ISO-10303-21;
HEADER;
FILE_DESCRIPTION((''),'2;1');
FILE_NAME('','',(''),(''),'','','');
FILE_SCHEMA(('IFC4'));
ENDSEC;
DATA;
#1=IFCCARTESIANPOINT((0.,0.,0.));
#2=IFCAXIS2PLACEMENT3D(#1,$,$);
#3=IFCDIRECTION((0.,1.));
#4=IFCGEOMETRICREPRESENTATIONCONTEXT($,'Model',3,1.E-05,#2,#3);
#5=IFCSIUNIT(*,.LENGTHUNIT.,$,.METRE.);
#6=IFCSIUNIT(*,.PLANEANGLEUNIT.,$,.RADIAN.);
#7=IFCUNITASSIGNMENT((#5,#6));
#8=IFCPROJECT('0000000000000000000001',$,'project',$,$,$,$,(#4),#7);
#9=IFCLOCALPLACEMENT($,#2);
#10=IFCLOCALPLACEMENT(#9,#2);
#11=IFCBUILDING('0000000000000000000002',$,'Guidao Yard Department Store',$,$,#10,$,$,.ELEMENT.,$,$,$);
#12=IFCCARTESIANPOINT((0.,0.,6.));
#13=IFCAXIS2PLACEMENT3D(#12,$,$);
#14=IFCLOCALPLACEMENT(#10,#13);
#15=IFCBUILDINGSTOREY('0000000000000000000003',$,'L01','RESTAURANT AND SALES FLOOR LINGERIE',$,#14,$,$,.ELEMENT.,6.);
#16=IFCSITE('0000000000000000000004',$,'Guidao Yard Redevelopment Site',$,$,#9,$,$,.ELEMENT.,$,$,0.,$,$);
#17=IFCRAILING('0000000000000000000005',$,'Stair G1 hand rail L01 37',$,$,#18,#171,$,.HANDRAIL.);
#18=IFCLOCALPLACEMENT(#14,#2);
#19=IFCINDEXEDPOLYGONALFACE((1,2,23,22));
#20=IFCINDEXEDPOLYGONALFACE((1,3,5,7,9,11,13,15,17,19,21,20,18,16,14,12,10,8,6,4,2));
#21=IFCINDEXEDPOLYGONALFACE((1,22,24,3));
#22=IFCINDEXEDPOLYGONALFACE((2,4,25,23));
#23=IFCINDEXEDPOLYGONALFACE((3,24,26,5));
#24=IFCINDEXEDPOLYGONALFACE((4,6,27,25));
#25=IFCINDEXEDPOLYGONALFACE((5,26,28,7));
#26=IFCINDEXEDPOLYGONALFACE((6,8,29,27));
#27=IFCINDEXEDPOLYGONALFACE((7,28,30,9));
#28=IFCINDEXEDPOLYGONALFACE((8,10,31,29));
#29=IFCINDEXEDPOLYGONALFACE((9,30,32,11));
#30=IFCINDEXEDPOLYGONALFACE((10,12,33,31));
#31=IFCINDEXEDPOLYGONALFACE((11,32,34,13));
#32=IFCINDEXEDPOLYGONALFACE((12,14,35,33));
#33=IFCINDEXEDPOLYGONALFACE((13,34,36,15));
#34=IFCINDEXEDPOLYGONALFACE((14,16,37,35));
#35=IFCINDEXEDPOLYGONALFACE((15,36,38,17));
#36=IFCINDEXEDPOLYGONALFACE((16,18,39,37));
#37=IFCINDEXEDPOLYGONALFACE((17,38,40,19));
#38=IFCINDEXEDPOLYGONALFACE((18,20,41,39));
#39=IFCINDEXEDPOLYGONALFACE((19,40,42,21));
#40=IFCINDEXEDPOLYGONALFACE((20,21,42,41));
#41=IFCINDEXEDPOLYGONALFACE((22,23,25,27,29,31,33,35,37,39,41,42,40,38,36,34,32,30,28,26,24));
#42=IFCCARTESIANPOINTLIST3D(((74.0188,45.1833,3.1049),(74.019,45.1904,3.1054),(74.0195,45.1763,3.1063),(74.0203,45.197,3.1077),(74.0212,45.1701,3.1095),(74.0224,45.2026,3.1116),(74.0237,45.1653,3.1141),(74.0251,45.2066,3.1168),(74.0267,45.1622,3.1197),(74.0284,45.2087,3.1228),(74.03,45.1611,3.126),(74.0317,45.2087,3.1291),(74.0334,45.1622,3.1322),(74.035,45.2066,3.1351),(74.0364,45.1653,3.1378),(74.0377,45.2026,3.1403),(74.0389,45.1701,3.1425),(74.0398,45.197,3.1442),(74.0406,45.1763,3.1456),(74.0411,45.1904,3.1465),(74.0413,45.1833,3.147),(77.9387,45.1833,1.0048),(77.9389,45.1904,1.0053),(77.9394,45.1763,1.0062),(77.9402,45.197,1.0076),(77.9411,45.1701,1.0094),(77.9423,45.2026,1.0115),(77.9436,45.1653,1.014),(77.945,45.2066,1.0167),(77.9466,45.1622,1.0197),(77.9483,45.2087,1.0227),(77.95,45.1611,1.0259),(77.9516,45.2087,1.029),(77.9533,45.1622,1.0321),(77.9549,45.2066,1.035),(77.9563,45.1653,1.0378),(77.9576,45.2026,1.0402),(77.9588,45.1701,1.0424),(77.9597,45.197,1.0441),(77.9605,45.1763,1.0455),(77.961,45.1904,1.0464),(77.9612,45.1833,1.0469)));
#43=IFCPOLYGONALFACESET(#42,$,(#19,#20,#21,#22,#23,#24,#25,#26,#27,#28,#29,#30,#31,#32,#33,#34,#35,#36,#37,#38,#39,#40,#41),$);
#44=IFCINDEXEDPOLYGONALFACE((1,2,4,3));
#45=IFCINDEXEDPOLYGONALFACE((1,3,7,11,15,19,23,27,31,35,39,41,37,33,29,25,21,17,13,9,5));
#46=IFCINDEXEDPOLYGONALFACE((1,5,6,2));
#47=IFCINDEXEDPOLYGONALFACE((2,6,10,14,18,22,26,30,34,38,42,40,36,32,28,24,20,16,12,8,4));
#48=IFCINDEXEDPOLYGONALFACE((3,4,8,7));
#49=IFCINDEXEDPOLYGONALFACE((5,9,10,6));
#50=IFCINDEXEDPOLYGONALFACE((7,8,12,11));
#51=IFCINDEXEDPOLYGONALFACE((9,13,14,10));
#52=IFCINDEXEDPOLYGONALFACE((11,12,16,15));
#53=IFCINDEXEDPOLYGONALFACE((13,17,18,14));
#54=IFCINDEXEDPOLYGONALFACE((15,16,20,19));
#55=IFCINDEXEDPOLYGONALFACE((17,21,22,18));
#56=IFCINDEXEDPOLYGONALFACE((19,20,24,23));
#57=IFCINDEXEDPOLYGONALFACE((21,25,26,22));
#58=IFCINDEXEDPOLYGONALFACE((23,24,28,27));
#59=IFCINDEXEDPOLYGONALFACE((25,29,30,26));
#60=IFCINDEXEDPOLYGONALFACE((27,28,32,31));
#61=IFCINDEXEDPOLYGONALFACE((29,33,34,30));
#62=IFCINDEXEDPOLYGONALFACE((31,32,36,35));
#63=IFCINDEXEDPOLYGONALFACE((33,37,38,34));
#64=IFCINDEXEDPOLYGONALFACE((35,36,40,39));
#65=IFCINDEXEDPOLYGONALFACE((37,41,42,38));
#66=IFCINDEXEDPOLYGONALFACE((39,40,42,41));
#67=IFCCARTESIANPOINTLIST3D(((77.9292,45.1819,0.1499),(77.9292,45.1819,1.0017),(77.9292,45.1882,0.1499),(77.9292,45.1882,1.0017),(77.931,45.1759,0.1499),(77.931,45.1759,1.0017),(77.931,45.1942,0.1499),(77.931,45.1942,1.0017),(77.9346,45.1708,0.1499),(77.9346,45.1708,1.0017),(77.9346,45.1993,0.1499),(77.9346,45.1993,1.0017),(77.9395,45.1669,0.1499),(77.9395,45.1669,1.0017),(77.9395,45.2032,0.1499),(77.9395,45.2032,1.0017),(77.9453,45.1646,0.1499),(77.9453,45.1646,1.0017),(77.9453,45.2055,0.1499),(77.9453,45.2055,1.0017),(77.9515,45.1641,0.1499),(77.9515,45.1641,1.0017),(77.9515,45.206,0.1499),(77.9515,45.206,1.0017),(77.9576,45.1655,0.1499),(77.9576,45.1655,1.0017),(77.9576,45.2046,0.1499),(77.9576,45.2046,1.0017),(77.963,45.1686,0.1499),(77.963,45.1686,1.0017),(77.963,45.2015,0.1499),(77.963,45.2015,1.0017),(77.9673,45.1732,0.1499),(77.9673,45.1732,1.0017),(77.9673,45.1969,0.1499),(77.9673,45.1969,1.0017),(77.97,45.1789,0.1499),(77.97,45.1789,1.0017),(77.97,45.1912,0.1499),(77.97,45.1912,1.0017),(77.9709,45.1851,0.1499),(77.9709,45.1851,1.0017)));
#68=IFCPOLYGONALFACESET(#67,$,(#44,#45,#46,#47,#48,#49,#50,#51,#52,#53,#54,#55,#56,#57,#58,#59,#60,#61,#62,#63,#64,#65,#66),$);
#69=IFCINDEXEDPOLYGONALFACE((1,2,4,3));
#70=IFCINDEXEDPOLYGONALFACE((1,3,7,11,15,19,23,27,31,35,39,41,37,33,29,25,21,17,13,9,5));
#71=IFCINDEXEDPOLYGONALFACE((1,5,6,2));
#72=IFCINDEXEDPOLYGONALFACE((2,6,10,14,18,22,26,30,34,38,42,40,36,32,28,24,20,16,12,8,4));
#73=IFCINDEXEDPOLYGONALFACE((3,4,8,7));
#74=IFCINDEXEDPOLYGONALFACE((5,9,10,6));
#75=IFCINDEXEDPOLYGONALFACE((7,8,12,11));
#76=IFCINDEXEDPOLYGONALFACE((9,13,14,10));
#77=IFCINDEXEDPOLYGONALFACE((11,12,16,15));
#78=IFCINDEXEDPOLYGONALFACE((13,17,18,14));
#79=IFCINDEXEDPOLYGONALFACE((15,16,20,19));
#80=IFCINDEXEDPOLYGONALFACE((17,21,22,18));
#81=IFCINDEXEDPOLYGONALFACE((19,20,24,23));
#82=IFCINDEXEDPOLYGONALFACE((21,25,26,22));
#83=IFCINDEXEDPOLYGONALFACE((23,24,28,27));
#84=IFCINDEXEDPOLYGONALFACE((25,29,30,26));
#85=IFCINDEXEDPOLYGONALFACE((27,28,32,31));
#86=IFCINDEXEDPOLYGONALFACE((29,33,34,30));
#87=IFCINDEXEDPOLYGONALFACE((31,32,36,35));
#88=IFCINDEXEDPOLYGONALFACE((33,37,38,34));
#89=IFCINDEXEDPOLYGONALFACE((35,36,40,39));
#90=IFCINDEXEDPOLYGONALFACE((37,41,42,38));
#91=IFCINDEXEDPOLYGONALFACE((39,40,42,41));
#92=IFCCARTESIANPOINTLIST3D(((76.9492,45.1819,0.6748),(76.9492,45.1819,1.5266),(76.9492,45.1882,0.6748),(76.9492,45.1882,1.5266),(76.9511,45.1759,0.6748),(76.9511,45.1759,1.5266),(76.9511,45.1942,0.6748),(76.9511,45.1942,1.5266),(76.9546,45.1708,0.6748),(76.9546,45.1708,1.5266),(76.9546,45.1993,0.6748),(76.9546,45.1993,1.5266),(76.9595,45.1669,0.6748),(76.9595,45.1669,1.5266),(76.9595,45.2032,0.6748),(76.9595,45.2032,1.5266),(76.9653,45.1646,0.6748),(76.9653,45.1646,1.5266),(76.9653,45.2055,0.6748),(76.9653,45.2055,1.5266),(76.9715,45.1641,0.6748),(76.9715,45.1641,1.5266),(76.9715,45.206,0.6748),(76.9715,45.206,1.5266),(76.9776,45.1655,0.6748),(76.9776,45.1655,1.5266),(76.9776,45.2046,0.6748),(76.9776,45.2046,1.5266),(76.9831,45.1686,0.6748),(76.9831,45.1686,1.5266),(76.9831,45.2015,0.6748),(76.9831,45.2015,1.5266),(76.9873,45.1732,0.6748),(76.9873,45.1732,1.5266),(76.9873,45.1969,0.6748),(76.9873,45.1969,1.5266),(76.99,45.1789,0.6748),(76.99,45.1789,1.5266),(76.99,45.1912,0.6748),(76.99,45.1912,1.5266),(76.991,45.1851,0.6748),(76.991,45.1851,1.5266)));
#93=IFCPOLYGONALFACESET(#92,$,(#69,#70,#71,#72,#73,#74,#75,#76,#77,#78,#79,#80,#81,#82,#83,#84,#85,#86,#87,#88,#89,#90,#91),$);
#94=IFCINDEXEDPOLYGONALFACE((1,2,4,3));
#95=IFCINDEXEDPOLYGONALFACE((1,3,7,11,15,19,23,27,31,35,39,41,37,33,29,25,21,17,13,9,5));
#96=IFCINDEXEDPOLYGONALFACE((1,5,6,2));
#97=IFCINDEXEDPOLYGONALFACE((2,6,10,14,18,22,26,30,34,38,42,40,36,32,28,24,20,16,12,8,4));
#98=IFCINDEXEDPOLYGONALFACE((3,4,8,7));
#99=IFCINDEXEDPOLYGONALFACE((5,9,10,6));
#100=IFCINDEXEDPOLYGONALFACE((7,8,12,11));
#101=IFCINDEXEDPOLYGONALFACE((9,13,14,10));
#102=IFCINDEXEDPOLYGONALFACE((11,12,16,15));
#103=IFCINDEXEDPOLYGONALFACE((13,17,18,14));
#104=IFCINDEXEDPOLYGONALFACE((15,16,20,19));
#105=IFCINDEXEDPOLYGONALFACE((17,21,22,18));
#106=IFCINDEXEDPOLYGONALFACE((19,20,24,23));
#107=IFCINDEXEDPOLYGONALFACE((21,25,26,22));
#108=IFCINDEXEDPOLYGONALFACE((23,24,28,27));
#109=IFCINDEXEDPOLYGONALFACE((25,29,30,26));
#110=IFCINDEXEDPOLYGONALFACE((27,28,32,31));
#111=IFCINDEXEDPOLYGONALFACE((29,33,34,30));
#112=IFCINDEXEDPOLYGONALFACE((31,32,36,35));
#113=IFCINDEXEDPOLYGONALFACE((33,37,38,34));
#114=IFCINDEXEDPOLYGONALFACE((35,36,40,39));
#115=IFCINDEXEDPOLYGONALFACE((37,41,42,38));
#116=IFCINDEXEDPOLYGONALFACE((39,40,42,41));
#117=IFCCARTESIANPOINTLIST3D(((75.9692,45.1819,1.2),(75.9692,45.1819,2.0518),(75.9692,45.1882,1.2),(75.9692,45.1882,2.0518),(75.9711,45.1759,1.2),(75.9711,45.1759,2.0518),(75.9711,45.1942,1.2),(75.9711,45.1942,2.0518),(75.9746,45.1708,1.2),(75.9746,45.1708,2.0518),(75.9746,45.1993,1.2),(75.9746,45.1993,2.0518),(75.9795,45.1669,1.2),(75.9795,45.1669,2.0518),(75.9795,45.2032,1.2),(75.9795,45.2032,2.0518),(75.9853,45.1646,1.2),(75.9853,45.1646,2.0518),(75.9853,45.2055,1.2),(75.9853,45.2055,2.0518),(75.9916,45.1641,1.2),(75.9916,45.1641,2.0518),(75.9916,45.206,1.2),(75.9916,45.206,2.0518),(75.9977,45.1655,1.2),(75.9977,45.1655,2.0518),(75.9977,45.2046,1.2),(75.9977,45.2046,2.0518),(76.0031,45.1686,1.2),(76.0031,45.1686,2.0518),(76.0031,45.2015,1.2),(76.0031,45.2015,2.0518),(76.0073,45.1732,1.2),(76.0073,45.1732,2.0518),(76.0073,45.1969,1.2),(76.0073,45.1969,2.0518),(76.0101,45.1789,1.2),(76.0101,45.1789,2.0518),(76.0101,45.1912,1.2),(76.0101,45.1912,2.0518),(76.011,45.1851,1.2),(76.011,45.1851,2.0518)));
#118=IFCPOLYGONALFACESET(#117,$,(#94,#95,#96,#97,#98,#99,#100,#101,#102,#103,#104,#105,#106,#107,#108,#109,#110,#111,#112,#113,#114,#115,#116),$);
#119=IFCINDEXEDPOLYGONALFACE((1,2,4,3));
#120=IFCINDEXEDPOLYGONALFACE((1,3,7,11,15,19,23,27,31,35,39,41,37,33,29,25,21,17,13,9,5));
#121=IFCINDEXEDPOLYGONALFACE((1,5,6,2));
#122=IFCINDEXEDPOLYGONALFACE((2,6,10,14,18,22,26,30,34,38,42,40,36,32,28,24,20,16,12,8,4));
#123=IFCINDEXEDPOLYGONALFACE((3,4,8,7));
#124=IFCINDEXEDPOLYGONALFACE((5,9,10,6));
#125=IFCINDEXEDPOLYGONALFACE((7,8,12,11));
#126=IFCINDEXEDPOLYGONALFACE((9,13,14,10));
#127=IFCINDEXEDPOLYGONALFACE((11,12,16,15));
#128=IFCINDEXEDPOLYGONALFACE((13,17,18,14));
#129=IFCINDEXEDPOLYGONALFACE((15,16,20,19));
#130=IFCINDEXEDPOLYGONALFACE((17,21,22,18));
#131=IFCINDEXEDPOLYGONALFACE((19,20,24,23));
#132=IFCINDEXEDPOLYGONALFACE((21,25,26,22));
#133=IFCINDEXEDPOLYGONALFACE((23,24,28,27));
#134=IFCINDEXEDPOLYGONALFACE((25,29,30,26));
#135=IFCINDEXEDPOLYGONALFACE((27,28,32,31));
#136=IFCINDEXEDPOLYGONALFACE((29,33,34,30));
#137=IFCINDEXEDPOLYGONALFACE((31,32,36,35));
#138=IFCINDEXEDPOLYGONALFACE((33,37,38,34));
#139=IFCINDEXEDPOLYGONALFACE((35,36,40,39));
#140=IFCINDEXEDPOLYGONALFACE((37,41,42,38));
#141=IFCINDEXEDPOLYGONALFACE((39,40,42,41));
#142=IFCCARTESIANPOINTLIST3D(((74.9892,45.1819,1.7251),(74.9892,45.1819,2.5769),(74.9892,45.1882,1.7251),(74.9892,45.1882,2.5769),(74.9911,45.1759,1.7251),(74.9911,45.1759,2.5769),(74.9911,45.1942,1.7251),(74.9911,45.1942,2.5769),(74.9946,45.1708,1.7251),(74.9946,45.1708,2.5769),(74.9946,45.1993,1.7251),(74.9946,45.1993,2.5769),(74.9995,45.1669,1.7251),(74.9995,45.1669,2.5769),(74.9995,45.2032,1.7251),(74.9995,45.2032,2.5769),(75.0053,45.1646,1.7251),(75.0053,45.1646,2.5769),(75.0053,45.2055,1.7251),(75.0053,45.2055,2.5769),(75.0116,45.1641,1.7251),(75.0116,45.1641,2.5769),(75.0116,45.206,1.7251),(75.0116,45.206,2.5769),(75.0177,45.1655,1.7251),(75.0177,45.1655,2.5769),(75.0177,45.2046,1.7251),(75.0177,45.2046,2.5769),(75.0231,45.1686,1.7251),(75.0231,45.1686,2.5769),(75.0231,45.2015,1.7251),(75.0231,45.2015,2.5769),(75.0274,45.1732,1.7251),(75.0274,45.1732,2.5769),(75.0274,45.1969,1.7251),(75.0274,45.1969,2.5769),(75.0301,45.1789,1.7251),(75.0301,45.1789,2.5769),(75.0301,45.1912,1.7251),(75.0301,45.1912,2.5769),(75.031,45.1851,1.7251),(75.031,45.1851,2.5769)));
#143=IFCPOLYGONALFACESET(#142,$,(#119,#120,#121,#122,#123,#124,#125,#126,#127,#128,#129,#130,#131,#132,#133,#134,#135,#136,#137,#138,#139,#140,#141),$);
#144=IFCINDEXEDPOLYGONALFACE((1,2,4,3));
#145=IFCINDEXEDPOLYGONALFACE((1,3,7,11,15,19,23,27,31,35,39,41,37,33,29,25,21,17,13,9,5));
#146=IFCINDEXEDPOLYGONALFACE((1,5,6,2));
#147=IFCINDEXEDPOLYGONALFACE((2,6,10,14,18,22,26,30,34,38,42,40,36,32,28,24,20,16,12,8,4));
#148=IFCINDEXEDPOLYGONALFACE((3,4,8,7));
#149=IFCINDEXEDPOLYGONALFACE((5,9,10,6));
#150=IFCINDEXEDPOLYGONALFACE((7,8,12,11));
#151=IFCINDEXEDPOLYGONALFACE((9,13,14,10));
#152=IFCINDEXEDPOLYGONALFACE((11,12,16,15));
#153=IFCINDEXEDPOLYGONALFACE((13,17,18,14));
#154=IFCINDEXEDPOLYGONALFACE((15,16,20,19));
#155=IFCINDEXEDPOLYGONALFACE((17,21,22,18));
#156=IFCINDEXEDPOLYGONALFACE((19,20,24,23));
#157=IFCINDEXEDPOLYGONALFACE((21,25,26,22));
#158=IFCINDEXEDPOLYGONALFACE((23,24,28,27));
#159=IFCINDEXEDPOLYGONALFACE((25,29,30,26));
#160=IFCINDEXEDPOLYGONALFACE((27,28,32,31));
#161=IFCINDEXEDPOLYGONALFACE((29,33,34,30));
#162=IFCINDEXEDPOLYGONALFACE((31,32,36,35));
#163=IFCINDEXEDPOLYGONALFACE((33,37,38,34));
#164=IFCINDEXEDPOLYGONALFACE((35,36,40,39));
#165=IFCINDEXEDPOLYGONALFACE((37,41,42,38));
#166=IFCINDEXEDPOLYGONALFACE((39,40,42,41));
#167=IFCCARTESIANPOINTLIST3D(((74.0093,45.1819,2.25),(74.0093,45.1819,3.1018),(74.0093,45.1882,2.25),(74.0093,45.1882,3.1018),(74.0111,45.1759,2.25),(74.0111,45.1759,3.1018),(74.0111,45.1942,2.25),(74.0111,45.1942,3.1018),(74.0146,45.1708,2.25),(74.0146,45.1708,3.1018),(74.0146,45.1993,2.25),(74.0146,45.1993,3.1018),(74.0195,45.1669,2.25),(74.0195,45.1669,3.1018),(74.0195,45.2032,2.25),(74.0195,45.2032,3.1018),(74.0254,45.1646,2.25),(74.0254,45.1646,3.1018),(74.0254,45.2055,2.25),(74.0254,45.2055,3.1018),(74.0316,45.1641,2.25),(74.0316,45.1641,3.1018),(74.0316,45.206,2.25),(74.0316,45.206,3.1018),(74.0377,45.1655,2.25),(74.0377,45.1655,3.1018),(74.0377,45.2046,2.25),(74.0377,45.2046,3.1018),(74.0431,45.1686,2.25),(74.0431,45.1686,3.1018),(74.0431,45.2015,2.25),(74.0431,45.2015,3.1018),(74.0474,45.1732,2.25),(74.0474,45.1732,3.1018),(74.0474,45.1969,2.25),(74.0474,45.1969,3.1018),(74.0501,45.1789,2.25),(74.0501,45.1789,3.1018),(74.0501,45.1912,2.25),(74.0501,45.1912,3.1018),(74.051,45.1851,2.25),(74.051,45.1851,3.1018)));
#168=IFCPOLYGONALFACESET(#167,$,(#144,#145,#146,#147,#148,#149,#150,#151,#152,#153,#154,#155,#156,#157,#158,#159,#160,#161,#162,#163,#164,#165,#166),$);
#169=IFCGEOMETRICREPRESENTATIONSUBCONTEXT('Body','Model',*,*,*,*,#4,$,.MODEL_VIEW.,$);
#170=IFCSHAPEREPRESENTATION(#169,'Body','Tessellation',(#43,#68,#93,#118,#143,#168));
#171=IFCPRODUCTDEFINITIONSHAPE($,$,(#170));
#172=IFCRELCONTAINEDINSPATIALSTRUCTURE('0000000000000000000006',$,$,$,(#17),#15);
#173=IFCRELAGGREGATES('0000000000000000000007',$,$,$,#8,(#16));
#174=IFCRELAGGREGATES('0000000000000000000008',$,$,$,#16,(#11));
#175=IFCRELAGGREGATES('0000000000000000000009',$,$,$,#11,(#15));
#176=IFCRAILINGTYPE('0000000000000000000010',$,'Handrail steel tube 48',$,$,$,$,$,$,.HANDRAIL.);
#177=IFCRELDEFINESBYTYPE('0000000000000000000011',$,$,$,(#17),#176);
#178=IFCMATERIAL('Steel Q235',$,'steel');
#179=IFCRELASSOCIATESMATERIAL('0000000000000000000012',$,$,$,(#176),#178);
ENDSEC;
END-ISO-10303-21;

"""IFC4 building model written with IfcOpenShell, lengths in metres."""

from ifc_helpers import new_model, si_unit, direction, frame, origin, origin_2d, place, context, subcontext, project, spatial, circle, extrude, material, type_object, element, save


model = new_model("IFC4")

# Units and contexts
model_context = context("Model", 3, precision=1e-05, world=origin(), true_north=direction((0.0, 1.0)))
body_context = subcontext(model_context, "Body", "Model", "MODEL_VIEW")
ifc_project = project(units=[si_unit("LENGTHUNIT", "METRE"), si_unit("PLANEANGLEUNIT", "RADIAN")], contexts=[model_context])

# Site, building, storey
site_placement = place(None, origin())
site = spatial("IfcSite", under=ifc_project, at=site_placement, Name="Guidao Yard Redevelopment Site", CompositionType="ELEMENT", RefElevation=0.0)
building_placement = place(site_placement, origin())
building = spatial("IfcBuilding", under=site, at=building_placement, Name="Guidao Yard Department Store", CompositionType="ELEMENT")
storey_placement = place(building_placement, frame((0.0, 0.0, 6.0)))
storey = spatial("IfcBuildingStorey", under=building, at=storey_placement, Name="L01", Description="RESTAURANT AND SALES FLOOR LINGERIE", CompositionType="ELEMENT", Elevation=6.0)

# Railing
ifc_material_1 = material(Name="Steel Q235", Category="steel")
railing_type_1 = type_object("IfcRailingType", Name="Handrail steel tube 48", PredefinedType="HANDRAIL", material=ifc_material_1)
for number, where, name in (
    (1, (77.95, 45.1851, 0.1499), "Stair G1 hand rail L01 37"),
):
    element("IfcRailing", number, at=place(storey_placement, frame(where)), inside=storey, type_object=railing_type_1, Name=name, PredefinedType="HANDRAIL", context=body_context, shape_type="SweptSolid", body=[
        extrude(circle(Radius=0.0239, at=origin_2d()), frame((0.0, 0.0, 0.876), z_axis=(-0.881467, 0.0, 0.472246), x_axis=(0.0, -1.0, 0.0)), (0.0, 0.0, 1.0), 4.447),
        extrude(circle(Radius=0.021, at=origin_2d()), origin(), (0.0, 0.0, 1.0), 0.8518),
        extrude(circle(Radius=0.021, at=origin_2d()), frame((-0.98, 0.0, 0.5249)), (0.0, 0.0, 1.0), 0.8518),
        extrude(circle(Radius=0.021, at=origin_2d()), frame((-1.96, 0.0, 1.05)), (0.0, 0.0, 1.0), 0.8518),
        extrude(circle(Radius=0.021, at=origin_2d()), frame((-2.9399, 0.0, 1.5752)), (0.0, 0.0, 1.0), 0.8518),
        extrude(circle(Radius=0.021, at=origin_2d()), frame((-3.9199, 0.0, 2.1001)), (0.0, 0.0, 1.0), 0.8518),
    ])

save(model, "model.ifc")
